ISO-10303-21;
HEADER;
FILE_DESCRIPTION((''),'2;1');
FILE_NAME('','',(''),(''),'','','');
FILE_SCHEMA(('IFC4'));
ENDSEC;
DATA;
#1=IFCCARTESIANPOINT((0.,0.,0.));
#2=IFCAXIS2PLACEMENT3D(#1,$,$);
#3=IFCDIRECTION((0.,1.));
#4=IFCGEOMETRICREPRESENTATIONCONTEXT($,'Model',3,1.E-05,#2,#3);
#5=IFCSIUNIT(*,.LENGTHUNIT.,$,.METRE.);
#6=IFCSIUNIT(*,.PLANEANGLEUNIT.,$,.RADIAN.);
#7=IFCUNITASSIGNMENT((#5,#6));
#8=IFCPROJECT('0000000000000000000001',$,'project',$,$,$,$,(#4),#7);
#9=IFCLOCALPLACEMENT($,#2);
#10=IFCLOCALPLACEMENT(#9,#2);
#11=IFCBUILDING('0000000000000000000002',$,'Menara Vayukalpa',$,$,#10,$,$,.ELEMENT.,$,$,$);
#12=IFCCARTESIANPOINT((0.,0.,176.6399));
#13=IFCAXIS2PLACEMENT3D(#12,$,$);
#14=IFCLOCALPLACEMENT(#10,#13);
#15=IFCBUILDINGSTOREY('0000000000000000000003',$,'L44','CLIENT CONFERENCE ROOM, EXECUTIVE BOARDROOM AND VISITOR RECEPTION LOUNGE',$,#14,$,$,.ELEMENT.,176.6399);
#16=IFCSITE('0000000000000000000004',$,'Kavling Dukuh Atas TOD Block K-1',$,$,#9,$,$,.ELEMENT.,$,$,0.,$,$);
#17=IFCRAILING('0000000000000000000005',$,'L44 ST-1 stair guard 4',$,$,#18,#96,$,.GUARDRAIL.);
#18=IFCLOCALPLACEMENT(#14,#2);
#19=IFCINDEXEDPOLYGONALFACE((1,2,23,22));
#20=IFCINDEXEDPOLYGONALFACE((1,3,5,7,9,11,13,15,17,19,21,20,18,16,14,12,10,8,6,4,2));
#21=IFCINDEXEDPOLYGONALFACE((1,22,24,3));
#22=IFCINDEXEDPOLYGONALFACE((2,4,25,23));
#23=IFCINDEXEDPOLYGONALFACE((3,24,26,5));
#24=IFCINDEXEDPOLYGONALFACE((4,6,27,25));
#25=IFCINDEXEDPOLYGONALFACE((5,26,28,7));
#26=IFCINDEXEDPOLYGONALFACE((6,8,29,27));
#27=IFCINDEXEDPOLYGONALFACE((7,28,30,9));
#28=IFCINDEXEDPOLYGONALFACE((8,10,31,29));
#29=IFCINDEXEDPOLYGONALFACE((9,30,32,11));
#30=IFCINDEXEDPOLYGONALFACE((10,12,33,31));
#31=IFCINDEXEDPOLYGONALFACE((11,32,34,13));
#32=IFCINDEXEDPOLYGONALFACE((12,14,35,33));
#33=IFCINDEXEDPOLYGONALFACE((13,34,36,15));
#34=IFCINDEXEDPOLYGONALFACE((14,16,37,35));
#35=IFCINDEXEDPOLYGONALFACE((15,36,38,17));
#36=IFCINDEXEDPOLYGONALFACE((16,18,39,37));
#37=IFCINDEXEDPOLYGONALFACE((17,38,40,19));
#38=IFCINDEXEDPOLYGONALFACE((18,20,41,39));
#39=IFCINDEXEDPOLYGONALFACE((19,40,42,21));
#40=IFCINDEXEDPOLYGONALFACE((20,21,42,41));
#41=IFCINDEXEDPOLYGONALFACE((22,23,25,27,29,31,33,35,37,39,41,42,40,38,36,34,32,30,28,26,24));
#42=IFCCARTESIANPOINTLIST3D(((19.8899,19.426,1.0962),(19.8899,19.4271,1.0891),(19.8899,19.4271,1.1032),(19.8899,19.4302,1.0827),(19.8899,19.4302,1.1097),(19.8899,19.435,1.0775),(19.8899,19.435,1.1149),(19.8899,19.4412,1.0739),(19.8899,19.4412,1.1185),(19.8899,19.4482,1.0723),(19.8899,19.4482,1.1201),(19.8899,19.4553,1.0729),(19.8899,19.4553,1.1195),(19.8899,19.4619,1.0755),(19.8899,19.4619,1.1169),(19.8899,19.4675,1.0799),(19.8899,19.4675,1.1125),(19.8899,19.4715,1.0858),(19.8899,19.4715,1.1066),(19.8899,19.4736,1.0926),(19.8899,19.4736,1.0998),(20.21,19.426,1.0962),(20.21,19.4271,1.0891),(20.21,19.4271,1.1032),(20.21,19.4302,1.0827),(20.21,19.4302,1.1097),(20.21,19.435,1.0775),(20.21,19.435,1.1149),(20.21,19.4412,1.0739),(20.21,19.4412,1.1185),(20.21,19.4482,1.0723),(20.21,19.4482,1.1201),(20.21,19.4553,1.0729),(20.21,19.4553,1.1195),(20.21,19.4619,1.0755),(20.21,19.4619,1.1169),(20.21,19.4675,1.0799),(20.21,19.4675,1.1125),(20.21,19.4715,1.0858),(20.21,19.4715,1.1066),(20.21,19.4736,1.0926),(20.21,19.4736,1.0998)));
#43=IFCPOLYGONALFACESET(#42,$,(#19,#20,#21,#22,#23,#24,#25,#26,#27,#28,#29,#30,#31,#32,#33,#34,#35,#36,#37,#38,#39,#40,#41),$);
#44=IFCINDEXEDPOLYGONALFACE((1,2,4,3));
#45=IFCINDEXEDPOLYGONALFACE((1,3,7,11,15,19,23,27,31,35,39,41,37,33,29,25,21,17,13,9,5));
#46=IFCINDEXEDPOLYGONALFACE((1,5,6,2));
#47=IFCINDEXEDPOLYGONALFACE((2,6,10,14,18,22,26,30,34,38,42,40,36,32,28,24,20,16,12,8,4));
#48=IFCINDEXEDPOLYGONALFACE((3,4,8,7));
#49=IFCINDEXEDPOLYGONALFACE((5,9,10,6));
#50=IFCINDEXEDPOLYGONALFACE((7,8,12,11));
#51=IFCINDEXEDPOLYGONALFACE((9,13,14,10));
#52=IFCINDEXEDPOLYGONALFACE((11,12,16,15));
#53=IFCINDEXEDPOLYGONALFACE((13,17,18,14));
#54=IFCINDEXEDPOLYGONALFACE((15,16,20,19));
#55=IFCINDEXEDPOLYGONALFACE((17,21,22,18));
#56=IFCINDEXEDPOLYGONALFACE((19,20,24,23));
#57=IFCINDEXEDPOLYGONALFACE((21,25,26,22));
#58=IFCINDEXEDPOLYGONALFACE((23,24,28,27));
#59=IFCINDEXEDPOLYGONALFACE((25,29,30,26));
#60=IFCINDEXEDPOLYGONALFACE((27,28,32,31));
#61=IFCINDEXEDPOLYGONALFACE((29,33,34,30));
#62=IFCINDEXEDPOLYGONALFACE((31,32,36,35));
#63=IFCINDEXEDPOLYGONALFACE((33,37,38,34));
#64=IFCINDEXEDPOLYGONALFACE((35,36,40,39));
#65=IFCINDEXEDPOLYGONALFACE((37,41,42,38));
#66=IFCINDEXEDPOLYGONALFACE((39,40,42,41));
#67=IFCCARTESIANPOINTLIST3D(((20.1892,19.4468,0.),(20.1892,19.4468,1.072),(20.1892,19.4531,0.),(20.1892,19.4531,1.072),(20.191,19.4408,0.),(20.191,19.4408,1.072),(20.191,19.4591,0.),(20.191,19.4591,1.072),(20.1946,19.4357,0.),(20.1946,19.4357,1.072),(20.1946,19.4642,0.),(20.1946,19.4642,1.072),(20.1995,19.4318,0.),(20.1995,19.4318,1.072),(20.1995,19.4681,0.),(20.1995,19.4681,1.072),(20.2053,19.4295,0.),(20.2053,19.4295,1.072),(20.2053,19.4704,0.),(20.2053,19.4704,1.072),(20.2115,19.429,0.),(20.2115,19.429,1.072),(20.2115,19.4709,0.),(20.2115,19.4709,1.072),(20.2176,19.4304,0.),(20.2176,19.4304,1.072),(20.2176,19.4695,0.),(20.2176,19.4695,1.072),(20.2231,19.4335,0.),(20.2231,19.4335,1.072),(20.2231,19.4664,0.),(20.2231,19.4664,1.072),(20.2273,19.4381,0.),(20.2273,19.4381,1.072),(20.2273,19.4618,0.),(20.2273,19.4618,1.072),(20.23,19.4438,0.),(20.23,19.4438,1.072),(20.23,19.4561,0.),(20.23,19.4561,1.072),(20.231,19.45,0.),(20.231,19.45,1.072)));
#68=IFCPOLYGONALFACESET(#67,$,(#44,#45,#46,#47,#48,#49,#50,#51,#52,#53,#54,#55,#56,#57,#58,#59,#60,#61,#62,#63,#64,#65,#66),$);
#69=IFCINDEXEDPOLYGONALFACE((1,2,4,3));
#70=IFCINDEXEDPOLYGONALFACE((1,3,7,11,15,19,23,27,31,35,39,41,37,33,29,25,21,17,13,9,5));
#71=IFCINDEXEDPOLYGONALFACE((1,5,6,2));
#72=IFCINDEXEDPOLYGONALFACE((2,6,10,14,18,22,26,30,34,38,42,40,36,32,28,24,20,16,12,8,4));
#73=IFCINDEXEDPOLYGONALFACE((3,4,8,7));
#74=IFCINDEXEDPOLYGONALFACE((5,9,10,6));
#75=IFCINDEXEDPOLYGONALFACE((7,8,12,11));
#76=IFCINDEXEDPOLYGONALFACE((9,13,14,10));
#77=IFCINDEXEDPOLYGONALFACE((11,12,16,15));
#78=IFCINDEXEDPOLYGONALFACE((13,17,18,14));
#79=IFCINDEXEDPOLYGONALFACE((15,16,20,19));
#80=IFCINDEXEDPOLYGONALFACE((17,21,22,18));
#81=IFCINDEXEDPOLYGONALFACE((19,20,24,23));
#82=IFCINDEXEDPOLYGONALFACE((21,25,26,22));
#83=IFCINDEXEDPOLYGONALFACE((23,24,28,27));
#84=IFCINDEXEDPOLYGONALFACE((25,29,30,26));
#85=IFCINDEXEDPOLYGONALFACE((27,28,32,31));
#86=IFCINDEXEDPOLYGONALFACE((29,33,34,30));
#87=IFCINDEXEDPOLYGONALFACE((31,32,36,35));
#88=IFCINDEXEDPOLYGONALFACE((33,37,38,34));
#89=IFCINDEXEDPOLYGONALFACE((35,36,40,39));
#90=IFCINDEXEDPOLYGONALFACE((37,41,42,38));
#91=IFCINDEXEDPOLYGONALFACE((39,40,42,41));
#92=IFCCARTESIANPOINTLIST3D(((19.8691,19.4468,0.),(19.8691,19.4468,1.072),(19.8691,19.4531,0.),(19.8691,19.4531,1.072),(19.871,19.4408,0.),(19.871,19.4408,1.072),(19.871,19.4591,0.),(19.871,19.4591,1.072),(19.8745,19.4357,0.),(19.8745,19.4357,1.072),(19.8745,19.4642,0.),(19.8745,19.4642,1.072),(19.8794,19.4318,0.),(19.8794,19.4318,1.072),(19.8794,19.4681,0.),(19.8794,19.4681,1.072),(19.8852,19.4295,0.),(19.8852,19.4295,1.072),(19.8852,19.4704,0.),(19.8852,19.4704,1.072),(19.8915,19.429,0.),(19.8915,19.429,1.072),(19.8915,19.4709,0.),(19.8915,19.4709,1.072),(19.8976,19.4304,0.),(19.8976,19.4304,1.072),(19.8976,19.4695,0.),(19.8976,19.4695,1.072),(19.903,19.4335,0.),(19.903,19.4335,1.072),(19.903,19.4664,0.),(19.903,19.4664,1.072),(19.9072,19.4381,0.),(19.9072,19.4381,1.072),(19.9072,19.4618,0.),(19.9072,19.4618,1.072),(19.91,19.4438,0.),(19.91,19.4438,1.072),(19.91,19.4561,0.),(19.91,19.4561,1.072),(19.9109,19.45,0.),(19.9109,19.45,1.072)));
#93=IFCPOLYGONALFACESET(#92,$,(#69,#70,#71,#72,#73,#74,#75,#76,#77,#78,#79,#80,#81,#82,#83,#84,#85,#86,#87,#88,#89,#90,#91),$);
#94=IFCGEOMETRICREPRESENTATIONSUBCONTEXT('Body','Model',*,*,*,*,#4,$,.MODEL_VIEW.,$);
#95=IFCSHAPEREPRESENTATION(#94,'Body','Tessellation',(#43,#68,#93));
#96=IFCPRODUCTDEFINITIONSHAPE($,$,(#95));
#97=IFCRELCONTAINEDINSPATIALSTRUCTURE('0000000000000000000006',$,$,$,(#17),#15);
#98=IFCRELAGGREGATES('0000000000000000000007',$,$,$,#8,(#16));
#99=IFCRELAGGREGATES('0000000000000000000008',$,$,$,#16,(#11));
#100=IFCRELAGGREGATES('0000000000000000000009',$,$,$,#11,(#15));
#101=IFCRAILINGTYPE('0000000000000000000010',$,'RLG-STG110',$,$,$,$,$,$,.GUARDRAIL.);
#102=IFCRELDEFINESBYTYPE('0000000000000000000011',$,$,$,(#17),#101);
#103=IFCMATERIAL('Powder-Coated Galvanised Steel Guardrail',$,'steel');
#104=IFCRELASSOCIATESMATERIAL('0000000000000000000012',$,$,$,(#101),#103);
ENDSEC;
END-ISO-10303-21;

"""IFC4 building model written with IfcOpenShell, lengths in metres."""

from ifc_helpers import new_model, si_unit, direction, frame, origin, origin_2d, place, context, subcontext, project, spatial, circle, extrude, material, type_object, element, save


model = new_model("IFC4")

# Units and contexts
model_context = context("Model", 3, precision=1e-05, world=origin(), true_north=direction((0.0, 1.0)))
body_context = subcontext(model_context, "Body", "Model", "MODEL_VIEW")
ifc_project = project(units=[si_unit("LENGTHUNIT", "METRE"), si_unit("PLANEANGLEUNIT", "RADIAN")], contexts=[model_context])

# Site, building, storey
site_placement = place(None, origin())
site = spatial("IfcSite", under=ifc_project, at=site_placement, Name="Kavling Dukuh Atas TOD Block K-1", CompositionType="ELEMENT", RefElevation=0.0)
building_placement = place(site_placement, origin())
building = spatial("IfcBuilding", under=site, at=building_placement, Name="Menara Vayukalpa", CompositionType="ELEMENT")
storey_placement = place(building_placement, frame((0.0, 0.0, 176.6399)))
storey = spatial("IfcBuildingStorey", under=building, at=storey_placement, Name="L44", Description="CLIENT CONFERENCE ROOM, EXECUTIVE BOARDROOM AND VISITOR RECEPTION LOUNGE", CompositionType="ELEMENT", Elevation=176.6399)

# Railing
ifc_material_1 = material(Name="Powder-Coated Galvanised Steel Guardrail", Category="steel")
railing_type = type_object("IfcRailingType", Name="RLG-STG110", PredefinedType="GUARDRAIL", material=ifc_material_1)
railing_1_placement = place(storey_placement, frame((20.21, 19.45, 0.0)))
element("IfcRailing", 1, at=railing_1_placement, inside=storey, type_object=railing_type, Name="L44 ST-1 stair guard 4", PredefinedType="GUARDRAIL", context=body_context, shape_type="SweptSolid", body=[
    extrude(circle(Radius=0.0239, at=origin_2d()), frame((0.0, 0.0, 1.0962), z_axis=(-1.0, 0.0, 0.0), x_axis=(0.0, -1.0, 0.0)), (0.0, 0.0, 1.0), 0.3201),
    extrude(circle(Radius=0.021, at=origin_2d()), origin(), (0.0, 0.0, 1.0), 1.072),
    extrude(circle(Radius=0.021, at=origin_2d()), frame((-0.3201, 0.0, 0.0)), (0.0, 0.0, 1.0), 1.072),
])

save(model, "model.ifc")
